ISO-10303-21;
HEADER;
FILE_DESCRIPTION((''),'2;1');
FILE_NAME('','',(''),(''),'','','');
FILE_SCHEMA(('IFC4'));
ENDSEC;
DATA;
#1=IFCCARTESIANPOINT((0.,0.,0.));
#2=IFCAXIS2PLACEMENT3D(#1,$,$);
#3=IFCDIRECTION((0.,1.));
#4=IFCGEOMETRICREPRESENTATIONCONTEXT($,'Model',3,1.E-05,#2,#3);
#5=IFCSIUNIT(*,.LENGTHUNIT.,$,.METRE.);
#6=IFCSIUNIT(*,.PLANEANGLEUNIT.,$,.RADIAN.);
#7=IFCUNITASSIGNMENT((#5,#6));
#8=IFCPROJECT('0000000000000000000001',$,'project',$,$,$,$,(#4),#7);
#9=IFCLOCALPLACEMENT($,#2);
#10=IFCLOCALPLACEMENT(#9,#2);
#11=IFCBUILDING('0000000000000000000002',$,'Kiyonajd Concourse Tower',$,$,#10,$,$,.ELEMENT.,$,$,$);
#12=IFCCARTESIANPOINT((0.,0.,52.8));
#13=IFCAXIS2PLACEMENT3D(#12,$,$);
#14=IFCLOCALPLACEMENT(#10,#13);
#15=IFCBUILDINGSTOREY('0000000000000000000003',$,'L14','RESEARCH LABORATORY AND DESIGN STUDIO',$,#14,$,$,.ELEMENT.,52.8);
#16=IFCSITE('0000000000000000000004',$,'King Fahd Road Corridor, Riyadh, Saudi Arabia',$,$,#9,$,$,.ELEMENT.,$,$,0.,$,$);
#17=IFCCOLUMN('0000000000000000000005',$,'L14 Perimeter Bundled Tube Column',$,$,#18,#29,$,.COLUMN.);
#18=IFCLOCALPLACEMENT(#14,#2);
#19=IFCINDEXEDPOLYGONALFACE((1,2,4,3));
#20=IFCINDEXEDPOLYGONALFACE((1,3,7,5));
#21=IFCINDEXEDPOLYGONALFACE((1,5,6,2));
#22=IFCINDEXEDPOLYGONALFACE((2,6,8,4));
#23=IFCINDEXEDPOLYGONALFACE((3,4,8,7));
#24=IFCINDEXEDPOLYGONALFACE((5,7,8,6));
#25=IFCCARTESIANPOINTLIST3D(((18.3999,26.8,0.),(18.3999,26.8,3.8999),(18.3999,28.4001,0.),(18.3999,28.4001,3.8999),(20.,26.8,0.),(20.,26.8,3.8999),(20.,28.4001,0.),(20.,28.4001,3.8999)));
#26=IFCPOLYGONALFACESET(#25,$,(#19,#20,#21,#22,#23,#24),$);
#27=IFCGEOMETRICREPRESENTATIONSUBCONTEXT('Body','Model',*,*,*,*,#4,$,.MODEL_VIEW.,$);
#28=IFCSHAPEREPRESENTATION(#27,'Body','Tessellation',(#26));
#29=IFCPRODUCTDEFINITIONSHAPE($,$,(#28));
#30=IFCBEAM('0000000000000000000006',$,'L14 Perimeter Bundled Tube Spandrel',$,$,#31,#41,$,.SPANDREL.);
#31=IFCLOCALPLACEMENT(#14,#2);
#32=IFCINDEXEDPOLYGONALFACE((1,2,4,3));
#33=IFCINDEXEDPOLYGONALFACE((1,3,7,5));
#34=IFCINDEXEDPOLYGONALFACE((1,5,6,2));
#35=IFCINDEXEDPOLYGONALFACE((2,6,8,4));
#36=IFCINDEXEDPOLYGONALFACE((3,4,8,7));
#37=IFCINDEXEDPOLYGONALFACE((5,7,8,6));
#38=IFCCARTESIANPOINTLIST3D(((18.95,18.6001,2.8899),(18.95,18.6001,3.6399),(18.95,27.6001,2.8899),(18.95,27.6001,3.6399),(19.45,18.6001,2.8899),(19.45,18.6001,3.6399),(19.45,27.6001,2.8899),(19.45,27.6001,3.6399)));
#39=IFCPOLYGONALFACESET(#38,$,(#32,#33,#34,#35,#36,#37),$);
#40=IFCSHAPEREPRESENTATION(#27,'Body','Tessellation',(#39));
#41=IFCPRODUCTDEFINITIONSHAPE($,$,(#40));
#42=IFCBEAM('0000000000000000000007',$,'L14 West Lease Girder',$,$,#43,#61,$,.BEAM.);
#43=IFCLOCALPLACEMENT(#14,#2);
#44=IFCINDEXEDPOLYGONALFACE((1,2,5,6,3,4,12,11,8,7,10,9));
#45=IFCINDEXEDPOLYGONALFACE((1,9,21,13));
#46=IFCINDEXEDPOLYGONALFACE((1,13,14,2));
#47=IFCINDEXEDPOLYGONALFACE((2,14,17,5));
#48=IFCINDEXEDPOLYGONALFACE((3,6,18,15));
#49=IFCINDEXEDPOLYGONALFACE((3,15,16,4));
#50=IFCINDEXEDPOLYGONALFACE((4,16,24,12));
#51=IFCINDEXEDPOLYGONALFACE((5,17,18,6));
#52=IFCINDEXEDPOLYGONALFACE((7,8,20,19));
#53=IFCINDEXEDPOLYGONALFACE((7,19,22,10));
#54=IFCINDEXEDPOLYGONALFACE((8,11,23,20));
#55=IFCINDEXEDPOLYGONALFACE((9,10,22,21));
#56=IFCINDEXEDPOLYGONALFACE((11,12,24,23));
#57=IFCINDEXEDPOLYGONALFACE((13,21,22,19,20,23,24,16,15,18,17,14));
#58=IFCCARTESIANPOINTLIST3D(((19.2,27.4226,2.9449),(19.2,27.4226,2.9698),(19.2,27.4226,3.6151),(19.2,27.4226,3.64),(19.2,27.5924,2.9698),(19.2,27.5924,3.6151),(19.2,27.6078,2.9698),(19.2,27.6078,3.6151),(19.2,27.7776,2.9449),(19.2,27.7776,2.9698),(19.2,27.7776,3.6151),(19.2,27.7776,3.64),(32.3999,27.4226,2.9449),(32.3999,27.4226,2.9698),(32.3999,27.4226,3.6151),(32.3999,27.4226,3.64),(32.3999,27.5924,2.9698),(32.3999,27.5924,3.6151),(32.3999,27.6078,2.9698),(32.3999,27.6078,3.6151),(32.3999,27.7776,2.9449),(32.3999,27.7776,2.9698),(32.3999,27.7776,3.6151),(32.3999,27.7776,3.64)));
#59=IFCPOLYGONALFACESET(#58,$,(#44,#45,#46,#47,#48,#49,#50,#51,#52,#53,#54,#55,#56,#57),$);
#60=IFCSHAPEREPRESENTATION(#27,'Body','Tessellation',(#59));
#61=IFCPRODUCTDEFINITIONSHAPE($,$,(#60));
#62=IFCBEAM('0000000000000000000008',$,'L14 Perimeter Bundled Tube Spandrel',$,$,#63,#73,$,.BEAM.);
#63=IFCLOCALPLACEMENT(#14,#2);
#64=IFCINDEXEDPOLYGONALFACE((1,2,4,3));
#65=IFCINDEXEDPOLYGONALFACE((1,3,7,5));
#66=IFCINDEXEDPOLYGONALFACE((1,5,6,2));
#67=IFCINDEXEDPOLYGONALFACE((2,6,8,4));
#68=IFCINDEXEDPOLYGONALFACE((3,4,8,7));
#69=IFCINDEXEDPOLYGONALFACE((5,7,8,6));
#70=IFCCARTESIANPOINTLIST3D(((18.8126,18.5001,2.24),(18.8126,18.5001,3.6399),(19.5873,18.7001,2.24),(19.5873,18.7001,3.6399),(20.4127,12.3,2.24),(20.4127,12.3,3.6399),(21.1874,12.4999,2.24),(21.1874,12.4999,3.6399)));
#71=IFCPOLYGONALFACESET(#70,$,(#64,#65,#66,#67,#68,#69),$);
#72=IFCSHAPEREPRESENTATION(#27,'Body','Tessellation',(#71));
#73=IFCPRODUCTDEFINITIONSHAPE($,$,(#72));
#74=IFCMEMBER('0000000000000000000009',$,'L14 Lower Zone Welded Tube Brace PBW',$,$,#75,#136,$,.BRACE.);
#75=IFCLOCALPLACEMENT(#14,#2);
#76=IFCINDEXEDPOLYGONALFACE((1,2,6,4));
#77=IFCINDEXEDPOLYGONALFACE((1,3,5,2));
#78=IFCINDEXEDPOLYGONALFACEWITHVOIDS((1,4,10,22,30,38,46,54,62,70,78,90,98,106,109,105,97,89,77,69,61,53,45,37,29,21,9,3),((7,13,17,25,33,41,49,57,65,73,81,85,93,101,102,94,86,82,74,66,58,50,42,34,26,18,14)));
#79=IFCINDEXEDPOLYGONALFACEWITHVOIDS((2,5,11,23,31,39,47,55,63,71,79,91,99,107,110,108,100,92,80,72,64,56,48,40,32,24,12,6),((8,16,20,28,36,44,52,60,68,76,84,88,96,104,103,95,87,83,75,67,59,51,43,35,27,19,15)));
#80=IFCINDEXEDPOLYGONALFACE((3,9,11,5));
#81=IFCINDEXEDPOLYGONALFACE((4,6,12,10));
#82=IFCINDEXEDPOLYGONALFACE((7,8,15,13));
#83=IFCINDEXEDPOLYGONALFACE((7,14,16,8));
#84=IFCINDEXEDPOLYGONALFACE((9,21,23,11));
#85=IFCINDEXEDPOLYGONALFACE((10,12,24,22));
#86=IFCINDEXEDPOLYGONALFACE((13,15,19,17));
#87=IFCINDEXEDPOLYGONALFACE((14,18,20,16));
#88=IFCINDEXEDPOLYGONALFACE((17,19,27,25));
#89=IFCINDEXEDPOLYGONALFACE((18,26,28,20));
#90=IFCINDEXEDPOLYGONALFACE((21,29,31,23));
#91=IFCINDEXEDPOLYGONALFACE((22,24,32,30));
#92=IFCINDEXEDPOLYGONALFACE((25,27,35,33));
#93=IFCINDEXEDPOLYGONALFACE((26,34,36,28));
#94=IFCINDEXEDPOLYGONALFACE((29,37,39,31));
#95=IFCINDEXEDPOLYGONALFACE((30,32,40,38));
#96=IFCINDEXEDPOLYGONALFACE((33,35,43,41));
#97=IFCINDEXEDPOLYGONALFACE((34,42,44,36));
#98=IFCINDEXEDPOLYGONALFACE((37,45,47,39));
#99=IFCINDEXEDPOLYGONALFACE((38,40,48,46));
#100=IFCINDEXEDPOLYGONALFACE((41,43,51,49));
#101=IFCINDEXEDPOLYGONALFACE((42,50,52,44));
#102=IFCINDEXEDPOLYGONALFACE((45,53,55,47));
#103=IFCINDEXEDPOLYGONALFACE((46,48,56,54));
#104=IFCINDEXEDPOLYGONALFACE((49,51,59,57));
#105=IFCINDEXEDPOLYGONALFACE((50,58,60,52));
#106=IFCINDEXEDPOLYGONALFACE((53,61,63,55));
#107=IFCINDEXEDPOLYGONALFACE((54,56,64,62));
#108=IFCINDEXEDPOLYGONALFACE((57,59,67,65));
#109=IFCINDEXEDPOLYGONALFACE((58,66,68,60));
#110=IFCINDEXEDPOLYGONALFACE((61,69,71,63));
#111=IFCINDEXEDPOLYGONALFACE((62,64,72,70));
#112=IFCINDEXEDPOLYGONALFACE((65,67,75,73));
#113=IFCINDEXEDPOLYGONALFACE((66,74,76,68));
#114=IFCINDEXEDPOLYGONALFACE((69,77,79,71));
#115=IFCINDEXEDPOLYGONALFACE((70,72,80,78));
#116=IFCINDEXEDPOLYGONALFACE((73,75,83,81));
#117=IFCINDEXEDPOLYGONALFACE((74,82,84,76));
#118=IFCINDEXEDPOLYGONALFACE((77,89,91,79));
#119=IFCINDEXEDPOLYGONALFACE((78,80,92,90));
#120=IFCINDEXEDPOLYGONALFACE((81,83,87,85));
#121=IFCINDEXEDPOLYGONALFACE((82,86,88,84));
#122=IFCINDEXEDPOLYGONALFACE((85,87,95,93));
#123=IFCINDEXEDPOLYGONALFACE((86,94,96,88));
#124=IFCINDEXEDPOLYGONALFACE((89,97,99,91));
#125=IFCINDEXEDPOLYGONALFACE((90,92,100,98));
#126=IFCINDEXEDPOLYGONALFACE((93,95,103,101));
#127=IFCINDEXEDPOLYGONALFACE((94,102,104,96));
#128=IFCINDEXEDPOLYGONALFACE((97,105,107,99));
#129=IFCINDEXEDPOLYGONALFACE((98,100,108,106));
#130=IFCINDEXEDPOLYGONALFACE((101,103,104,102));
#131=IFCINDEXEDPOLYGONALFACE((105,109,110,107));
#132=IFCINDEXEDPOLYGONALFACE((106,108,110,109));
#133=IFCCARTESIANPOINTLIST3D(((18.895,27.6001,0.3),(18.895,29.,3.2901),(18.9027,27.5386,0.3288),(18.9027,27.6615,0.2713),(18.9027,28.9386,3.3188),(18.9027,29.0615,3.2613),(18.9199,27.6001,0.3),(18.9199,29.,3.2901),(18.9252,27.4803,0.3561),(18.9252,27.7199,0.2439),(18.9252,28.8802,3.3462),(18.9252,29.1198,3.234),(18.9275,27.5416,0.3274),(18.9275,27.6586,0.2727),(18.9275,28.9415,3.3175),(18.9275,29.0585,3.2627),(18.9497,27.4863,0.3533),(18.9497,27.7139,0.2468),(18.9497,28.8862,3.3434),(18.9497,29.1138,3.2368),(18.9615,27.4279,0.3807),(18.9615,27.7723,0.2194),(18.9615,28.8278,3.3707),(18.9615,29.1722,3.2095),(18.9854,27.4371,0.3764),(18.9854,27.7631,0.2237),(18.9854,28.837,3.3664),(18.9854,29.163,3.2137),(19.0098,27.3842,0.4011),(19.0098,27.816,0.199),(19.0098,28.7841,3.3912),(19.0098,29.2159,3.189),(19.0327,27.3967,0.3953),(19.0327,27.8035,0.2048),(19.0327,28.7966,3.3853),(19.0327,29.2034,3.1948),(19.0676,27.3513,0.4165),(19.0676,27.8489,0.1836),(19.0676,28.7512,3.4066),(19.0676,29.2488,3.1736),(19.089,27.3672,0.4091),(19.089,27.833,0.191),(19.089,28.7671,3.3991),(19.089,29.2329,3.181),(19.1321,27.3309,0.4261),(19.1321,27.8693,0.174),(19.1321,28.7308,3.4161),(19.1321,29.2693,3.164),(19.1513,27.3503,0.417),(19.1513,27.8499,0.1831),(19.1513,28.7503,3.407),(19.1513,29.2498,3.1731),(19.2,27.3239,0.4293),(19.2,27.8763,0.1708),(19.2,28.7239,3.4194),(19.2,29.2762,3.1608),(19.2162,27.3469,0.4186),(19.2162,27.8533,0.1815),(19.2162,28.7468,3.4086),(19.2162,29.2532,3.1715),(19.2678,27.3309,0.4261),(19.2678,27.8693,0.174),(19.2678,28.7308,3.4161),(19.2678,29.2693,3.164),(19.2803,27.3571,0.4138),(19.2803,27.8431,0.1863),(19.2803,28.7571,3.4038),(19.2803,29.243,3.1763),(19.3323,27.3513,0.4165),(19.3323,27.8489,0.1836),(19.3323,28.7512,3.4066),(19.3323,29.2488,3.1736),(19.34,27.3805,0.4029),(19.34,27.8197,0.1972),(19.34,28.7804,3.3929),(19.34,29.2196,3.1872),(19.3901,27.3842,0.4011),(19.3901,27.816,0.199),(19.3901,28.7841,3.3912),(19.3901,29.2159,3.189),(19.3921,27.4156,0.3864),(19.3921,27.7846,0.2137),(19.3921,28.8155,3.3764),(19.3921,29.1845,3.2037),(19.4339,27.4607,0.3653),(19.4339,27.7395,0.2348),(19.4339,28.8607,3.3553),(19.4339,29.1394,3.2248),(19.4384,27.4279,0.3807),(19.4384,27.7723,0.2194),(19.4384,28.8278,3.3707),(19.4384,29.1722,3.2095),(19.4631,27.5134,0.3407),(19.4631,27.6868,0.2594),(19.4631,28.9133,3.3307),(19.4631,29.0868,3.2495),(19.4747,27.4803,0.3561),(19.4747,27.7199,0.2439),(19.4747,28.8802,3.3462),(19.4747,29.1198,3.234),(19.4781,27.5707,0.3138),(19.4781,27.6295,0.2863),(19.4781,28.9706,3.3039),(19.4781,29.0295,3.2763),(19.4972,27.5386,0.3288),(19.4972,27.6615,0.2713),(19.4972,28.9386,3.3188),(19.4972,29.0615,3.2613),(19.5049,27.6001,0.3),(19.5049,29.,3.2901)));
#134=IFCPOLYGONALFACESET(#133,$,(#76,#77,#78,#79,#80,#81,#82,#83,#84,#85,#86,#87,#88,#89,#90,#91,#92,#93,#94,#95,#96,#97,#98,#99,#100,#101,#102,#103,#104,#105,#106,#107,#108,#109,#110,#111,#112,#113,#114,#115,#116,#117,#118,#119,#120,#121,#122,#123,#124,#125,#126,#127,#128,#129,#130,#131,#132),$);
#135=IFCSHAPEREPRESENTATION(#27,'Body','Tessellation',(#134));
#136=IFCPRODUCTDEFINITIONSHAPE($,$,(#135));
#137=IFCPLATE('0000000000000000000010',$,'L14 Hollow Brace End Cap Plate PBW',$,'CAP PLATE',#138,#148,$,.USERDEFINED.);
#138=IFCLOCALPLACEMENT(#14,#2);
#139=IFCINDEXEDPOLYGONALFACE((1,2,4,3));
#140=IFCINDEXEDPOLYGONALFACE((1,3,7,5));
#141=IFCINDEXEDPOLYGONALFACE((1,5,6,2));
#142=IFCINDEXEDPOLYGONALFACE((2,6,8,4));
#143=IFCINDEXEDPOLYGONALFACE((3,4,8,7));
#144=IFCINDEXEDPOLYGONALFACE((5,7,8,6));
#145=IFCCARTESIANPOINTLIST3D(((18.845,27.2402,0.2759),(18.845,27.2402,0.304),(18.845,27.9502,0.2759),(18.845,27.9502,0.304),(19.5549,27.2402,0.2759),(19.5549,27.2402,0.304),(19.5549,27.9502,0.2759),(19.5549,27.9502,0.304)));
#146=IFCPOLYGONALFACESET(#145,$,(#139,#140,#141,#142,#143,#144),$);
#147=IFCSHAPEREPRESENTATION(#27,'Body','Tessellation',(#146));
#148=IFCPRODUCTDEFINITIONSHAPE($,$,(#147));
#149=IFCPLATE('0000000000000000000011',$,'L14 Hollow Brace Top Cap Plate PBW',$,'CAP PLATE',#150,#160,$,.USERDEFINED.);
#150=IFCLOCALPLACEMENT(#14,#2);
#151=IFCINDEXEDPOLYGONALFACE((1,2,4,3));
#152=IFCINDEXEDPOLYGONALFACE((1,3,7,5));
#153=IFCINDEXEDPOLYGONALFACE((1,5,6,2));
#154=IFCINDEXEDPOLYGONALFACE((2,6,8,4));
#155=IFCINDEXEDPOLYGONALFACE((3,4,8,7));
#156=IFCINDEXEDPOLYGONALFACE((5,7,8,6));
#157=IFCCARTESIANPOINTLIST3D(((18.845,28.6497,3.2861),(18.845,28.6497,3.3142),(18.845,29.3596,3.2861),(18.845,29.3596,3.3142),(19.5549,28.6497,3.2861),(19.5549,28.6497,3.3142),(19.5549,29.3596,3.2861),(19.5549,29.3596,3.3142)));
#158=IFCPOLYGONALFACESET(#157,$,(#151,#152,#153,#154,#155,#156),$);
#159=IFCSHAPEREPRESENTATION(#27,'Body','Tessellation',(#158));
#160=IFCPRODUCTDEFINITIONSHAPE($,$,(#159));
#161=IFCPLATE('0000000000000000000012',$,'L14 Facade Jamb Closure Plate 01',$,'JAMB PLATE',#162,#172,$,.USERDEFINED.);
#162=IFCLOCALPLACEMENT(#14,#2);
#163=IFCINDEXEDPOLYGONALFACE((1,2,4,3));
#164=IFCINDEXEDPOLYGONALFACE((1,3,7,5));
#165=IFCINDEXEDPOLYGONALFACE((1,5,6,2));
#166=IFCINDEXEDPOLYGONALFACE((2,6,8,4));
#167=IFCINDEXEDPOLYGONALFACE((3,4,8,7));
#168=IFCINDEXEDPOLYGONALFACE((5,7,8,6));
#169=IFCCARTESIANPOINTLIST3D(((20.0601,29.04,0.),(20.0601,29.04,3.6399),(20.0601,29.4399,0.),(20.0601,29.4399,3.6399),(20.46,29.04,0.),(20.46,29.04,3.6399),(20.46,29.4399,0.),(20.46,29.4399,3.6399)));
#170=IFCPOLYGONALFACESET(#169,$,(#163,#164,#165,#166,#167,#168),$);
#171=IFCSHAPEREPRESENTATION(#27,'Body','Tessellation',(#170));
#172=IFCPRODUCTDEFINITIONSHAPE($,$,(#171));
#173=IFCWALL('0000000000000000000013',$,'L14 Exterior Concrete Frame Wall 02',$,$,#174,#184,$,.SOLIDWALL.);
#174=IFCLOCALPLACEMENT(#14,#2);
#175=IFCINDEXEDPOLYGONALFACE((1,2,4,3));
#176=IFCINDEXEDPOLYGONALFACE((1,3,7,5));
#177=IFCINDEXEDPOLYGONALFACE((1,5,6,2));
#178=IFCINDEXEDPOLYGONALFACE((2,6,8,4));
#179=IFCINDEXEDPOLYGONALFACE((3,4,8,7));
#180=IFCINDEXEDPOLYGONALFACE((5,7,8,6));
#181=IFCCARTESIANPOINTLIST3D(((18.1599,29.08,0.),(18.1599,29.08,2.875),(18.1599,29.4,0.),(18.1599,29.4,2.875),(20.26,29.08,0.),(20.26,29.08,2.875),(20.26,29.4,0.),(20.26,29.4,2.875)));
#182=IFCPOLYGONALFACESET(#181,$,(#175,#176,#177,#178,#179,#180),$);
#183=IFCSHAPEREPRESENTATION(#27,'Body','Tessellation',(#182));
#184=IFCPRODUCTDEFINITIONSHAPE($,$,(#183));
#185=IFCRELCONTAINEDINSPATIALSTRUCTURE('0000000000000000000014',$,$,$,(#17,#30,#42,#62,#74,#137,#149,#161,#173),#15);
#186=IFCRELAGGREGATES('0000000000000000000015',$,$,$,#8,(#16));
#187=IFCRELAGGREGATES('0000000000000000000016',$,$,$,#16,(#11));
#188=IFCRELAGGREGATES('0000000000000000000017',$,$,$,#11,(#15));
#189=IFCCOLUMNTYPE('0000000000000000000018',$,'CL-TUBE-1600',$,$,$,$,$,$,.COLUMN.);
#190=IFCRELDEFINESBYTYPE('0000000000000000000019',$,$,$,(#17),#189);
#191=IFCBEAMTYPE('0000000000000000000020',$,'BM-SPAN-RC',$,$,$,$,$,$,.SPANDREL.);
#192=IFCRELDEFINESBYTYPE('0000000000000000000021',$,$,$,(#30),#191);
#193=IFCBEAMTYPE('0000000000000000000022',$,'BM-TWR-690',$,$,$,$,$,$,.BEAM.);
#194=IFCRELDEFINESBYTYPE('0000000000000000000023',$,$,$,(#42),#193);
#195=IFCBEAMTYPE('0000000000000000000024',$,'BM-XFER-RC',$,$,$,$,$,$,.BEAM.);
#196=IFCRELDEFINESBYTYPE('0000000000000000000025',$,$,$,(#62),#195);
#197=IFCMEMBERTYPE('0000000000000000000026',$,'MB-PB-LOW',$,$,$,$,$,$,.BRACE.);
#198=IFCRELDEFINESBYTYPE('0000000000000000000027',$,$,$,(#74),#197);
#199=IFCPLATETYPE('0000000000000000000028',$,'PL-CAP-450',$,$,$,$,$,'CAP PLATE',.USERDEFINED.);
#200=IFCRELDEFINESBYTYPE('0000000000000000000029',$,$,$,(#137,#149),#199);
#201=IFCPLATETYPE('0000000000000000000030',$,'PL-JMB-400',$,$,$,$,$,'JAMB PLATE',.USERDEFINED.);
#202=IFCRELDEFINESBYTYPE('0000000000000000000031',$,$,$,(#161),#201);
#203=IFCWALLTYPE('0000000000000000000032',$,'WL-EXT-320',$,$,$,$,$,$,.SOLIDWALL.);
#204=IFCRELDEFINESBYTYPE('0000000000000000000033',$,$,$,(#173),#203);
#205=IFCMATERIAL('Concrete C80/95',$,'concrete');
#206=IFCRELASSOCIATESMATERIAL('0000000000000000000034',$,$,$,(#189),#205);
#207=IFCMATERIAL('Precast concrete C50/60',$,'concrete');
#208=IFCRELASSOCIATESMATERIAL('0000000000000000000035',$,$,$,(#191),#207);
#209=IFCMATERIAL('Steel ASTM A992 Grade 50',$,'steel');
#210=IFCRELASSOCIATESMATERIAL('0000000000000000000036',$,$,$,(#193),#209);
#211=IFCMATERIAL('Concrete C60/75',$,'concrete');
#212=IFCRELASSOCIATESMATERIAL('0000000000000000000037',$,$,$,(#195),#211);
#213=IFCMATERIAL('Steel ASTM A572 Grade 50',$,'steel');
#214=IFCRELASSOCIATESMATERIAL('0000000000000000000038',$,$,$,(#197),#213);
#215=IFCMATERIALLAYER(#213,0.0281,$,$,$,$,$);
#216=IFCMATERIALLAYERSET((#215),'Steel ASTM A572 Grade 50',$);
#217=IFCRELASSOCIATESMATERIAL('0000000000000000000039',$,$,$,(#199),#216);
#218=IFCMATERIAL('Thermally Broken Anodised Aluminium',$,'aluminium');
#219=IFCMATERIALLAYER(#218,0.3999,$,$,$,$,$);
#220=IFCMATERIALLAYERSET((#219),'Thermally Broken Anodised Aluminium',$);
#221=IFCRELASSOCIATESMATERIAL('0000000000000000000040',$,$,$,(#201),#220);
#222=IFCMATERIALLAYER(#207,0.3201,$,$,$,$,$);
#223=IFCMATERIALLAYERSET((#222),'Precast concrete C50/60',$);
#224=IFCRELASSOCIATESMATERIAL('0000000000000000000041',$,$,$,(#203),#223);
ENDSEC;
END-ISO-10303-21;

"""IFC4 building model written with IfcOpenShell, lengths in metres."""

from ifc_helpers import new_model, si_unit, direction, frame, frame_2d, origin, origin_2d, place, context, subcontext, project, spatial, rectangle, hollow_circle, i_section, extrude, material, layer, layer_set, material_profile, profile_set, type_object, element, save


model = new_model("IFC4")

# Units and contexts
model_context = context("Model", 3, precision=1e-05, world=origin(), true_north=direction((0.0, 1.0)))
body_context = subcontext(model_context, "Body", "Model", "MODEL_VIEW")
ifc_project = project(units=[si_unit("LENGTHUNIT", "METRE"), si_unit("PLANEANGLEUNIT", "RADIAN")], contexts=[model_context])

# Site, building, storey
site_placement = place(None, origin())
site = spatial("IfcSite", under=ifc_project, at=site_placement, Name="King Fahd Road Corridor, Riyadh, Saudi Arabia", CompositionType="ELEMENT", RefElevation=0.0)
building_placement = place(site_placement, origin())
building = spatial("IfcBuilding", under=site, at=building_placement, Name="Kiyonajd Concourse Tower", CompositionType="ELEMENT")
storey_placement = place(building_placement, frame((0.0, 0.0, 52.8)))
storey = spatial("IfcBuildingStorey", under=building, at=storey_placement, Name="L14", Description="RESEARCH LABORATORY AND DESIGN STUDIO", CompositionType="ELEMENT", Elevation=52.8)

# Column
ifc_material_1 = material(Name="Concrete C80/95", Category="concrete")
ifc_material_profile_1 = material_profile(ifc_material_1, rectangle(XDim=1.6001, YDim=1.6001, at=origin_2d()), Name="RC-1600x1600")
ifc_profile_set_1 = profile_set([ifc_material_profile_1], Name="Concrete C80/95")
column_type = type_object("IfcColumnType", Name="CL-TUBE-1600", PredefinedType="COLUMN", material=ifc_profile_set_1)
column_placement = place(storey_placement, frame((19.2, 27.6001, 0.0), z_axis=(0.0, 0.0, 1.0), x_axis=(1.0, 0.0, 0.0)))
element("IfcColumn", 1, at=column_placement, inside=storey, type_object=column_type, Name="L14 Perimeter Bundled Tube Column", PredefinedType="COLUMN", context=body_context, shape_type="SweptSolid", body=[
    extrude(rectangle(XDim=1.6001, YDim=1.6001, at=origin_2d()), origin(), (0.0, 0.0, 1.0), 3.8999),
])

# Beams
ifc_material_2 = material(Name="Precast concrete C50/60", Category="concrete")
ifc_material_profile_2 = material_profile(ifc_material_2, rectangle(XDim=0.5, YDim=0.75, at=origin_2d()), Name="RCBM-500x750")
ifc_profile_set_2 = profile_set([ifc_material_profile_2], Name="Precast concrete C50/60")
beam_type_1 = type_object("IfcBeamType", Name="BM-SPAN-RC", PredefinedType="SPANDREL", material=ifc_profile_set_2)
beam_1_placement = place(storey_placement, frame((19.2, 27.6001, 3.2649), z_axis=(0.0, -1.0, 0.0), x_axis=(1.0, 0.0, 0.0)))
element("IfcBeam", 2, at=beam_1_placement, inside=storey, type_object=beam_type_1, Name="L14 Perimeter Bundled Tube Spandrel", PredefinedType="SPANDREL", context=body_context, shape_type="SweptSolid", body=[
    extrude(rectangle(XDim=0.5, YDim=0.75, at=origin_2d()), origin(), (0.0, 0.0, 1.0), 9.0),
])
ifc_material_3 = material(Name="Steel ASTM A992 Grade 50", Category="steel")
ifc_material_profile_3 = material_profile(ifc_material_3, i_section(OverallWidth=0.355, OverallDepth=0.6951, WebThickness=0.0154, FlangeThickness=0.0249, at=origin_2d()), Name="W690X217")
ifc_profile_set_3 = profile_set([ifc_material_profile_3], Name="Steel ASTM A992 Grade 50")
beam_type_2 = type_object("IfcBeamType", Name="BM-TWR-690", PredefinedType="BEAM", material=ifc_profile_set_3)
beam_2_placement = place(storey_placement, frame((19.2, 27.6001, 3.2925), z_axis=(1.0, 0.0, 0.0), x_axis=(0.0, 1.0, 0.0)))
element("IfcBeam", 3, at=beam_2_placement, inside=storey, type_object=beam_type_2, Name="L14 West Lease Girder", PredefinedType="BEAM", context=body_context, shape_type="SweptSolid", body=[
    extrude(i_section(OverallWidth=0.355, OverallDepth=0.6951, WebThickness=0.0154, FlangeThickness=0.0249, at=origin_2d()), origin(), (0.0, 0.0, 1.0), 13.2),
])
ifc_material_4 = material(Name="Concrete C60/75", Category="concrete")
ifc_material_profile_4 = material_profile(ifc_material_4, rectangle(XDim=0.8, YDim=1.3999, at=origin_2d()), Name="RCBM-800x1400")
ifc_profile_set_4 = profile_set([ifc_material_profile_4], Name="Concrete C60/75")
beam_type_3 = type_object("IfcBeamType", Name="BM-XFER-RC", PredefinedType="BEAM", material=ifc_profile_set_4)
beam_3_placement = place(storey_placement, frame((19.2, 18.6001, 2.9399), z_axis=(0.249885, -0.968276, 0.0), x_axis=(0.968276, 0.249885, 0.0)))
element("IfcBeam", 4, at=beam_3_placement, inside=storey, type_object=beam_type_3, Name="L14 Perimeter Bundled Tube Spandrel", PredefinedType="BEAM", context=body_context, shape_type="SweptSolid", body=[
    extrude(rectangle(XDim=0.8, YDim=1.3999, at=origin_2d()), origin(), (0.0, 0.0, 1.0), 6.4033),
])

# Member
ifc_material_5 = material(Name="Steel ASTM A572 Grade 50", Category="steel")
ifc_material_profile_5 = material_profile(ifc_material_5, hollow_circle(Radius=0.3049, WallThickness=0.0249, at=origin_2d()), Name="CHS-610x25")
ifc_profile_set_5 = profile_set([ifc_material_profile_5], Name="Steel ASTM A572 Grade 50")
member_type = type_object("IfcMemberType", Name="MB-PB-LOW", PredefinedType="BRACE", material=ifc_profile_set_5)
member_placement = place(storey_placement, frame((19.2, 27.6001, 0.3), z_axis=(0.0, 0.424023, 0.905652), x_axis=(-1.0, 0.0, 0.0)))
element("IfcMember", 5, at=member_placement, inside=storey, type_object=member_type, Name="L14 Lower Zone Welded Tube Brace PBW", PredefinedType="BRACE", context=body_context, shape_type="SweptSolid", body=[
    extrude(hollow_circle(Radius=0.3049, WallThickness=0.0249, at=origin_2d()), origin(), (0.0, 0.0, 1.0), 3.3015),
])

# Plates
ifc_layer_1 = layer(ifc_material_5, 0.0281)
ifc_layer_set_1 = layer_set([ifc_layer_1], Name="Steel ASTM A572 Grade 50")
plate_type_1 = type_object("IfcPlateType", Name="PL-CAP-450", ElementType="CAP PLATE", PredefinedType="USERDEFINED", material=ifc_layer_set_1)
for number, where, z_axis, x_axis, name in (
    (6, (19.2, 27.5952, 0.2759), (0.0, 0.0, 1.0), (1.0, 0.0, 0.0), "L14 Hollow Brace End Cap Plate PBW"),
    (7, (19.2, 29.0046, 3.2861), (0.0, 0.0, 1.0), (1.0, 0.0, 0.0), "L14 Hollow Brace Top Cap Plate PBW"),
):
    element("IfcPlate", number, at=place(storey_placement, frame(where, z_axis=z_axis, x_axis=x_axis)), inside=storey, type_object=plate_type_1, Name=name, ObjectType="CAP PLATE", PredefinedType="USERDEFINED", context=body_context, shape_type="SweptSolid", body=[
        extrude(rectangle(XDim=0.71, YDim=0.71, at=origin_2d()), origin(), (0.0, 0.0, 1.0), 0.0281),
    ])
ifc_material_6 = material(Name="Thermally Broken Anodised Aluminium", Category="aluminium")
ifc_layer_2 = layer(ifc_material_6, 0.3999)
ifc_layer_set_2 = layer_set([ifc_layer_2], Name="Thermally Broken Anodised Aluminium")
plate_type_2 = type_object("IfcPlateType", Name="PL-JMB-400", ElementType="JAMB PLATE", PredefinedType="USERDEFINED", material=ifc_layer_set_2)
plate_placement = place(storey_placement, frame((20.26, 29.24, 0.0), z_axis=(0.0, 0.0, 1.0), x_axis=(1.0, 0.0, 0.0)))
element("IfcPlate", 8, at=plate_placement, inside=storey, type_object=plate_type_2, Name="L14 Facade Jamb Closure Plate 01", ObjectType="JAMB PLATE", PredefinedType="USERDEFINED", context=body_context, shape_type="SweptSolid", body=[
    extrude(rectangle(XDim=0.3999, YDim=0.3999, at=origin_2d()), origin(), (0.0, 0.0, 1.0), 3.6399),
])

# Wall
ifc_layer_3 = layer(ifc_material_2, 0.3201)
ifc_layer_set_3 = layer_set([ifc_layer_3], Name="Precast concrete C50/60")
wall_type_1 = type_object("IfcWallType", Name="WL-EXT-320", PredefinedType="SOLIDWALL", material=ifc_layer_set_3)
wall_1_placement = place(storey_placement, frame((18.1599, 29.24, 0.0), z_axis=(0.0, 0.0, 1.0), x_axis=(1.0, 0.0, 0.0)))
element("IfcWall", 9, at=wall_1_placement, inside=storey, type_object=wall_type_1, Name="L14 Exterior Concrete Frame Wall 02", PredefinedType="SOLIDWALL", context=body_context, shape_type="SweptSolid", body=[
    extrude(rectangle(XDim=2.1001, YDim=0.3201, at=frame_2d((1.05, 0.0))), origin(), (0.0, 0.0, 1.0), 2.875),
])

save(model, "model.ifc")
